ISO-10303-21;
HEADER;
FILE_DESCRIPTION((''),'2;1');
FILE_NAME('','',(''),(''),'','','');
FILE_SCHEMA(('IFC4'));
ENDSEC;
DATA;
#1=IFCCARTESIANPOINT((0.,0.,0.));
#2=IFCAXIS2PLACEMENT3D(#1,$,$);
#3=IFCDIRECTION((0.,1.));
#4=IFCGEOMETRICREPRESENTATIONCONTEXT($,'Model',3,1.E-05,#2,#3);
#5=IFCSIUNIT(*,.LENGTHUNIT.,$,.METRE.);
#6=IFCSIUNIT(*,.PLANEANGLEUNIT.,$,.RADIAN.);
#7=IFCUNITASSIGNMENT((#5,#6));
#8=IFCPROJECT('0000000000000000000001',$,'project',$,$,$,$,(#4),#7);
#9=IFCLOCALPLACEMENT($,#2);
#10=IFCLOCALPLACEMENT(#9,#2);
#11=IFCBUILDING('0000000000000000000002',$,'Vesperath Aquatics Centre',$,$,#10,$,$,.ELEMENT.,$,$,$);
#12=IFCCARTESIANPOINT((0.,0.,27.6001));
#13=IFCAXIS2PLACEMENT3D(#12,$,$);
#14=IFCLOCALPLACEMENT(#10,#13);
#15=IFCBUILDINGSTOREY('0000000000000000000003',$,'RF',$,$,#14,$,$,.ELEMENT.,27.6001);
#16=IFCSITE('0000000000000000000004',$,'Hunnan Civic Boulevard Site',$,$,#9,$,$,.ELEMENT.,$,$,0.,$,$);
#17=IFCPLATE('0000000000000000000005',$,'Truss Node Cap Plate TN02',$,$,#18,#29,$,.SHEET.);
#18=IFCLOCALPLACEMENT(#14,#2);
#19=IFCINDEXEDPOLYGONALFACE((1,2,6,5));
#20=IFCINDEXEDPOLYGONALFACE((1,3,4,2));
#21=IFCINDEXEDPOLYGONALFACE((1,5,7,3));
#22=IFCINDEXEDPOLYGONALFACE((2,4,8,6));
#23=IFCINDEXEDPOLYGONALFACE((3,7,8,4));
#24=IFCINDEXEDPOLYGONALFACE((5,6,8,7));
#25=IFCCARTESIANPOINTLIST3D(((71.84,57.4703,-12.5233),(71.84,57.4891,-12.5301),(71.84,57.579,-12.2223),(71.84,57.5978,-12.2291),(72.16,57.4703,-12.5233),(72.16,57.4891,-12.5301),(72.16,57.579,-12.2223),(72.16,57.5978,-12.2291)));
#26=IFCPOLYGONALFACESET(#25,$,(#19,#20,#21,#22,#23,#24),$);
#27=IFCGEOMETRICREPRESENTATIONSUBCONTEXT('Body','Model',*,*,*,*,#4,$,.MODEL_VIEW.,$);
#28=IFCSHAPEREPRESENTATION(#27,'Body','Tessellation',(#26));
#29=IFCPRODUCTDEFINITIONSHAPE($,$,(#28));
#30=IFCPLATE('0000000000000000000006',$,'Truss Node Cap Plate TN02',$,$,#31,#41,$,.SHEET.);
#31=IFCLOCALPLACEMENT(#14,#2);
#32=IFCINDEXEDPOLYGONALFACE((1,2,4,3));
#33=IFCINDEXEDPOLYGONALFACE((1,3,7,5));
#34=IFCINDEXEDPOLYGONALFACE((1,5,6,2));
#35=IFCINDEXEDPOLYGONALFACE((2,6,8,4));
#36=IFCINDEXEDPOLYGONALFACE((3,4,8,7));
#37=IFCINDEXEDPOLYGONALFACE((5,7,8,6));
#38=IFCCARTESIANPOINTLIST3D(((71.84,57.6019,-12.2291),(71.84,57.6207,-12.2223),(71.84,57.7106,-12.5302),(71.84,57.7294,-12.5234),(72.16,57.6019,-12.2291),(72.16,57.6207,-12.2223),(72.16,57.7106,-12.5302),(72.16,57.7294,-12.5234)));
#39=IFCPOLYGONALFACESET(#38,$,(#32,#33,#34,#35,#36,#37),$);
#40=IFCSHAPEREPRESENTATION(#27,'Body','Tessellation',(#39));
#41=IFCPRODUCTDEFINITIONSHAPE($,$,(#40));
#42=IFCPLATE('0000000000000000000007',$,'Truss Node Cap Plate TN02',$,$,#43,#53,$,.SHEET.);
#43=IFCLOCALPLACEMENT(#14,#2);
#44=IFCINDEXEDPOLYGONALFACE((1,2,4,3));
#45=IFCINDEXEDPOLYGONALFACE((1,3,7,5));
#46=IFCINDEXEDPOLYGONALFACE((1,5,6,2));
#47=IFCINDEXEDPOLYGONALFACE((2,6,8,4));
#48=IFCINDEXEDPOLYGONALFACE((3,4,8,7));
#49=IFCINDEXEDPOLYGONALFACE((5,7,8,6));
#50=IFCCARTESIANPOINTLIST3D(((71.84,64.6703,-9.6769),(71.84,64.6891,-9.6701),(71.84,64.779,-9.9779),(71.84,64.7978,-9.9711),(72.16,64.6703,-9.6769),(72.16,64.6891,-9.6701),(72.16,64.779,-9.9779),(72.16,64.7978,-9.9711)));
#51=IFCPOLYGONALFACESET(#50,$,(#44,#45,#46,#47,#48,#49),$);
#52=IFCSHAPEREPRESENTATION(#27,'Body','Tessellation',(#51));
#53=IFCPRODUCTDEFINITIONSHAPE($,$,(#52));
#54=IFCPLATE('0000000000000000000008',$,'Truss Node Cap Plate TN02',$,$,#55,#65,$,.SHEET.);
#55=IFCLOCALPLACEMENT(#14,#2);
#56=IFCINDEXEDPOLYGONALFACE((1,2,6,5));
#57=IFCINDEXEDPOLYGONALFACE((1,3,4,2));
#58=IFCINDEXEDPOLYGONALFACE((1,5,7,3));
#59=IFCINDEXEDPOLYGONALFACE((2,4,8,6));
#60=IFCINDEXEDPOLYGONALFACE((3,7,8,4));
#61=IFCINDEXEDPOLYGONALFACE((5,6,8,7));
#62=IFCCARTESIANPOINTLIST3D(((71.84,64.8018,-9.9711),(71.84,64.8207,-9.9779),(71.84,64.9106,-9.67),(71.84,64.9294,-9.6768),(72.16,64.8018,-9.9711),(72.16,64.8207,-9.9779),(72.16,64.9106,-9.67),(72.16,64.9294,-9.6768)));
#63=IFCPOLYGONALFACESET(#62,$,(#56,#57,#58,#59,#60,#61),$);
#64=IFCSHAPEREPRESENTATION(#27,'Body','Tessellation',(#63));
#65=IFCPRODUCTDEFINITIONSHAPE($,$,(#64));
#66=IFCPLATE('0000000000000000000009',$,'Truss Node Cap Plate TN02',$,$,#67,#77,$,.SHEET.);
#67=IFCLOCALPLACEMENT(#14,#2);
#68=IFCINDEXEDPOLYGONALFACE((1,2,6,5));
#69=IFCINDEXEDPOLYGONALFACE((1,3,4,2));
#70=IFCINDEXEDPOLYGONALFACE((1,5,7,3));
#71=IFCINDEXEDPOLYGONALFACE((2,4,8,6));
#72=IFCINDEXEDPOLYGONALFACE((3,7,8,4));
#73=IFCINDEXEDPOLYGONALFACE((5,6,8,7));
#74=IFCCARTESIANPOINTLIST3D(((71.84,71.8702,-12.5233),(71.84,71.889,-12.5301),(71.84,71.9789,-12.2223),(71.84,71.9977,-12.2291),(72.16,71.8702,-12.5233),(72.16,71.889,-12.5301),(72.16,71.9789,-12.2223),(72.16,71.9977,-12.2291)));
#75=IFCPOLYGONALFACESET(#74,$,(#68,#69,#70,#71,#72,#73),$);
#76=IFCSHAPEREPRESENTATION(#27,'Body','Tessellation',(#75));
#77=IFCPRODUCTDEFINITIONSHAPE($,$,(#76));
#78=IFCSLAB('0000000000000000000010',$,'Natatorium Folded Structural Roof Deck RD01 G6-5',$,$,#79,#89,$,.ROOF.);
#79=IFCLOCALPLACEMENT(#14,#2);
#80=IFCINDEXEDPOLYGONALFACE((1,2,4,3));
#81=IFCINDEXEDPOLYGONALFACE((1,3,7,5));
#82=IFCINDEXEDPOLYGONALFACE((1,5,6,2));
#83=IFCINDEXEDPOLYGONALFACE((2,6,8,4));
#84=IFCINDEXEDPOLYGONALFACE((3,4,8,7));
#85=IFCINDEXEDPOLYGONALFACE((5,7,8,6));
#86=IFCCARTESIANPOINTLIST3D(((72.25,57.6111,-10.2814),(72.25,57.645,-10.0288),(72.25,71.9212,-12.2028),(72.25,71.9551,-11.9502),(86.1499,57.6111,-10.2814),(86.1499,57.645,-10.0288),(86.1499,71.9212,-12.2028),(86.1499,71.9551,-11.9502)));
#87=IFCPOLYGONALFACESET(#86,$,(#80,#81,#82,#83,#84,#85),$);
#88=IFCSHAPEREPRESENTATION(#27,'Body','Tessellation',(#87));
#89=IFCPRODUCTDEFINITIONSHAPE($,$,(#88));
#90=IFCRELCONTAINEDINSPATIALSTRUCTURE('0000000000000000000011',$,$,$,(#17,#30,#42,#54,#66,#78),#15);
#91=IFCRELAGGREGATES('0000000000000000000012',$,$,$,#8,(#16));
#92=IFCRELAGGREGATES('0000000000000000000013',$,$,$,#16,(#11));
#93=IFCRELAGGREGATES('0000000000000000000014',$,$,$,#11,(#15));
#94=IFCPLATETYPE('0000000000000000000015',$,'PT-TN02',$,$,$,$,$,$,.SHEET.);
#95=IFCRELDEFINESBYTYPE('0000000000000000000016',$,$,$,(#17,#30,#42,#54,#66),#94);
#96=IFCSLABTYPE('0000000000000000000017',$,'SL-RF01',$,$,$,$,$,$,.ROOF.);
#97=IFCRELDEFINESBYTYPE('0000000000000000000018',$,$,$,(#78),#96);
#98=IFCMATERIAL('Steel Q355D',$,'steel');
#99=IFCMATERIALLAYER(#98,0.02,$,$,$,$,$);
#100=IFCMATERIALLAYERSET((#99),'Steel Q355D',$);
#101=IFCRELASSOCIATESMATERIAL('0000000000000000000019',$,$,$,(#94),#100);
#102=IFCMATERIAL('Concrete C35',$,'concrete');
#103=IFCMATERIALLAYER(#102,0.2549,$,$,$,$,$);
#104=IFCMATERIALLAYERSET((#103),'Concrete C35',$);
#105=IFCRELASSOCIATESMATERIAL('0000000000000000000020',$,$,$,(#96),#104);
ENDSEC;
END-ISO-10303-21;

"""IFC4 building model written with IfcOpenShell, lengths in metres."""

from ifc_helpers import new_model, si_unit, direction, frame, origin, origin_2d, place, context, subcontext, project, spatial, polyline, rectangle, outline, extrude, material, layer, layer_set, type_object, element, save


model = new_model("IFC4")

# Units and contexts
model_context = context("Model", 3, precision=1e-05, world=origin(), true_north=direction((0.0, 1.0)))
body_context = subcontext(model_context, "Body", "Model", "MODEL_VIEW")
ifc_project = project(units=[si_unit("LENGTHUNIT", "METRE"), si_unit("PLANEANGLEUNIT", "RADIAN")], contexts=[model_context])

# Site, building, storey
site_placement = place(None, origin())
site = spatial("IfcSite", under=ifc_project, at=site_placement, Name="Hunnan Civic Boulevard Site", CompositionType="ELEMENT", RefElevation=0.0)
building_placement = place(site_placement, origin())
building = spatial("IfcBuilding", under=site, at=building_placement, Name="Vesperath Aquatics Centre", CompositionType="ELEMENT")
storey_placement = place(building_placement, frame((0.0, 0.0, 27.6001)))
storey = spatial("IfcBuildingStorey", under=building, at=storey_placement, Name="RF", CompositionType="ELEMENT", Elevation=27.6001)

# Shared definitions
ifc_material_1 = material(Name="Steel Q355D", Category="steel")

# Plates
ifc_layer_1 = layer(ifc_material_1, 0.02)
ifc_layer_set_1 = layer_set([ifc_layer_1], Name="Steel Q355D")
plate_type_1 = type_object("IfcPlateType", Name="PT-TN02", PredefinedType="SHEET", material=ifc_layer_set_1)
for number, where, z_axis, x_axis, name in (
    (1, (72.0, 57.5247, -12.3728), (0.0, 0.940554, -0.339644), (-1.0, 0.0, 0.0), "Truss Node Cap Plate TN02"),
    (2, (72.0, 57.6562, -12.3796), (0.0, 0.940554, 0.339644), (-1.0, 0.0, 0.0), "Truss Node Cap Plate TN02"),
    (3, (72.0, 64.7246, -9.8274), (0.0, 0.940554, 0.339644), (-1.0, 0.0, 0.0), "Truss Node Cap Plate TN02"),
    (4, (72.0, 64.8562, -9.8206), (0.0, 0.940554, -0.339644), (-1.0, 0.0, 0.0), "Truss Node Cap Plate TN02"),
    (5, (72.0, 71.9246, -12.3728), (0.0, 0.940554, -0.339644), (-1.0, 0.0, 0.0), "Truss Node Cap Plate TN02"),
):
    element("IfcPlate", number, at=place(storey_placement, frame(where, z_axis=z_axis, x_axis=x_axis)), inside=storey, type_object=plate_type_1, Name=name, PredefinedType="SHEET", context=body_context, shape_type="SweptSolid", body=[
        extrude(rectangle(XDim=0.3201, YDim=0.3201, at=origin_2d()), origin(), (0.0, 0.0, 1.0), 0.02),
    ])

# Slab
ifc_material_2 = material(Name="Concrete C35", Category="concrete")
ifc_layer_2 = layer(ifc_material_2, 0.2549)
ifc_layer_set_2 = layer_set([ifc_layer_2], Name="Concrete C35")
slab_type = type_object("IfcSlabType", Name="SL-RF01", PredefinedType="ROOF", material=ifc_layer_set_2)
slab_placement = place(storey_placement, frame((72.25, 57.645, -10.0288), z_axis=(0.0, 0.133074, 0.991106), x_axis=(1.0, 0.0, 0.0)))
element("IfcSlab", 6, at=slab_placement, inside=storey, type_object=slab_type, Name="Natatorium Folded Structural Roof Deck RD01 G6-5", PredefinedType="ROOF", context=body_context, shape_type="SweptSolid", body=[
    extrude(outline(polyline([(0.0, 0.0), (13.8999, 0.0), (13.8999, 14.4385), (0.0, 14.4385), (0.0, 0.0)])), origin(), (0.0, 0.0, -1.0), 0.2549),
])

save(model, "model.ifc")
